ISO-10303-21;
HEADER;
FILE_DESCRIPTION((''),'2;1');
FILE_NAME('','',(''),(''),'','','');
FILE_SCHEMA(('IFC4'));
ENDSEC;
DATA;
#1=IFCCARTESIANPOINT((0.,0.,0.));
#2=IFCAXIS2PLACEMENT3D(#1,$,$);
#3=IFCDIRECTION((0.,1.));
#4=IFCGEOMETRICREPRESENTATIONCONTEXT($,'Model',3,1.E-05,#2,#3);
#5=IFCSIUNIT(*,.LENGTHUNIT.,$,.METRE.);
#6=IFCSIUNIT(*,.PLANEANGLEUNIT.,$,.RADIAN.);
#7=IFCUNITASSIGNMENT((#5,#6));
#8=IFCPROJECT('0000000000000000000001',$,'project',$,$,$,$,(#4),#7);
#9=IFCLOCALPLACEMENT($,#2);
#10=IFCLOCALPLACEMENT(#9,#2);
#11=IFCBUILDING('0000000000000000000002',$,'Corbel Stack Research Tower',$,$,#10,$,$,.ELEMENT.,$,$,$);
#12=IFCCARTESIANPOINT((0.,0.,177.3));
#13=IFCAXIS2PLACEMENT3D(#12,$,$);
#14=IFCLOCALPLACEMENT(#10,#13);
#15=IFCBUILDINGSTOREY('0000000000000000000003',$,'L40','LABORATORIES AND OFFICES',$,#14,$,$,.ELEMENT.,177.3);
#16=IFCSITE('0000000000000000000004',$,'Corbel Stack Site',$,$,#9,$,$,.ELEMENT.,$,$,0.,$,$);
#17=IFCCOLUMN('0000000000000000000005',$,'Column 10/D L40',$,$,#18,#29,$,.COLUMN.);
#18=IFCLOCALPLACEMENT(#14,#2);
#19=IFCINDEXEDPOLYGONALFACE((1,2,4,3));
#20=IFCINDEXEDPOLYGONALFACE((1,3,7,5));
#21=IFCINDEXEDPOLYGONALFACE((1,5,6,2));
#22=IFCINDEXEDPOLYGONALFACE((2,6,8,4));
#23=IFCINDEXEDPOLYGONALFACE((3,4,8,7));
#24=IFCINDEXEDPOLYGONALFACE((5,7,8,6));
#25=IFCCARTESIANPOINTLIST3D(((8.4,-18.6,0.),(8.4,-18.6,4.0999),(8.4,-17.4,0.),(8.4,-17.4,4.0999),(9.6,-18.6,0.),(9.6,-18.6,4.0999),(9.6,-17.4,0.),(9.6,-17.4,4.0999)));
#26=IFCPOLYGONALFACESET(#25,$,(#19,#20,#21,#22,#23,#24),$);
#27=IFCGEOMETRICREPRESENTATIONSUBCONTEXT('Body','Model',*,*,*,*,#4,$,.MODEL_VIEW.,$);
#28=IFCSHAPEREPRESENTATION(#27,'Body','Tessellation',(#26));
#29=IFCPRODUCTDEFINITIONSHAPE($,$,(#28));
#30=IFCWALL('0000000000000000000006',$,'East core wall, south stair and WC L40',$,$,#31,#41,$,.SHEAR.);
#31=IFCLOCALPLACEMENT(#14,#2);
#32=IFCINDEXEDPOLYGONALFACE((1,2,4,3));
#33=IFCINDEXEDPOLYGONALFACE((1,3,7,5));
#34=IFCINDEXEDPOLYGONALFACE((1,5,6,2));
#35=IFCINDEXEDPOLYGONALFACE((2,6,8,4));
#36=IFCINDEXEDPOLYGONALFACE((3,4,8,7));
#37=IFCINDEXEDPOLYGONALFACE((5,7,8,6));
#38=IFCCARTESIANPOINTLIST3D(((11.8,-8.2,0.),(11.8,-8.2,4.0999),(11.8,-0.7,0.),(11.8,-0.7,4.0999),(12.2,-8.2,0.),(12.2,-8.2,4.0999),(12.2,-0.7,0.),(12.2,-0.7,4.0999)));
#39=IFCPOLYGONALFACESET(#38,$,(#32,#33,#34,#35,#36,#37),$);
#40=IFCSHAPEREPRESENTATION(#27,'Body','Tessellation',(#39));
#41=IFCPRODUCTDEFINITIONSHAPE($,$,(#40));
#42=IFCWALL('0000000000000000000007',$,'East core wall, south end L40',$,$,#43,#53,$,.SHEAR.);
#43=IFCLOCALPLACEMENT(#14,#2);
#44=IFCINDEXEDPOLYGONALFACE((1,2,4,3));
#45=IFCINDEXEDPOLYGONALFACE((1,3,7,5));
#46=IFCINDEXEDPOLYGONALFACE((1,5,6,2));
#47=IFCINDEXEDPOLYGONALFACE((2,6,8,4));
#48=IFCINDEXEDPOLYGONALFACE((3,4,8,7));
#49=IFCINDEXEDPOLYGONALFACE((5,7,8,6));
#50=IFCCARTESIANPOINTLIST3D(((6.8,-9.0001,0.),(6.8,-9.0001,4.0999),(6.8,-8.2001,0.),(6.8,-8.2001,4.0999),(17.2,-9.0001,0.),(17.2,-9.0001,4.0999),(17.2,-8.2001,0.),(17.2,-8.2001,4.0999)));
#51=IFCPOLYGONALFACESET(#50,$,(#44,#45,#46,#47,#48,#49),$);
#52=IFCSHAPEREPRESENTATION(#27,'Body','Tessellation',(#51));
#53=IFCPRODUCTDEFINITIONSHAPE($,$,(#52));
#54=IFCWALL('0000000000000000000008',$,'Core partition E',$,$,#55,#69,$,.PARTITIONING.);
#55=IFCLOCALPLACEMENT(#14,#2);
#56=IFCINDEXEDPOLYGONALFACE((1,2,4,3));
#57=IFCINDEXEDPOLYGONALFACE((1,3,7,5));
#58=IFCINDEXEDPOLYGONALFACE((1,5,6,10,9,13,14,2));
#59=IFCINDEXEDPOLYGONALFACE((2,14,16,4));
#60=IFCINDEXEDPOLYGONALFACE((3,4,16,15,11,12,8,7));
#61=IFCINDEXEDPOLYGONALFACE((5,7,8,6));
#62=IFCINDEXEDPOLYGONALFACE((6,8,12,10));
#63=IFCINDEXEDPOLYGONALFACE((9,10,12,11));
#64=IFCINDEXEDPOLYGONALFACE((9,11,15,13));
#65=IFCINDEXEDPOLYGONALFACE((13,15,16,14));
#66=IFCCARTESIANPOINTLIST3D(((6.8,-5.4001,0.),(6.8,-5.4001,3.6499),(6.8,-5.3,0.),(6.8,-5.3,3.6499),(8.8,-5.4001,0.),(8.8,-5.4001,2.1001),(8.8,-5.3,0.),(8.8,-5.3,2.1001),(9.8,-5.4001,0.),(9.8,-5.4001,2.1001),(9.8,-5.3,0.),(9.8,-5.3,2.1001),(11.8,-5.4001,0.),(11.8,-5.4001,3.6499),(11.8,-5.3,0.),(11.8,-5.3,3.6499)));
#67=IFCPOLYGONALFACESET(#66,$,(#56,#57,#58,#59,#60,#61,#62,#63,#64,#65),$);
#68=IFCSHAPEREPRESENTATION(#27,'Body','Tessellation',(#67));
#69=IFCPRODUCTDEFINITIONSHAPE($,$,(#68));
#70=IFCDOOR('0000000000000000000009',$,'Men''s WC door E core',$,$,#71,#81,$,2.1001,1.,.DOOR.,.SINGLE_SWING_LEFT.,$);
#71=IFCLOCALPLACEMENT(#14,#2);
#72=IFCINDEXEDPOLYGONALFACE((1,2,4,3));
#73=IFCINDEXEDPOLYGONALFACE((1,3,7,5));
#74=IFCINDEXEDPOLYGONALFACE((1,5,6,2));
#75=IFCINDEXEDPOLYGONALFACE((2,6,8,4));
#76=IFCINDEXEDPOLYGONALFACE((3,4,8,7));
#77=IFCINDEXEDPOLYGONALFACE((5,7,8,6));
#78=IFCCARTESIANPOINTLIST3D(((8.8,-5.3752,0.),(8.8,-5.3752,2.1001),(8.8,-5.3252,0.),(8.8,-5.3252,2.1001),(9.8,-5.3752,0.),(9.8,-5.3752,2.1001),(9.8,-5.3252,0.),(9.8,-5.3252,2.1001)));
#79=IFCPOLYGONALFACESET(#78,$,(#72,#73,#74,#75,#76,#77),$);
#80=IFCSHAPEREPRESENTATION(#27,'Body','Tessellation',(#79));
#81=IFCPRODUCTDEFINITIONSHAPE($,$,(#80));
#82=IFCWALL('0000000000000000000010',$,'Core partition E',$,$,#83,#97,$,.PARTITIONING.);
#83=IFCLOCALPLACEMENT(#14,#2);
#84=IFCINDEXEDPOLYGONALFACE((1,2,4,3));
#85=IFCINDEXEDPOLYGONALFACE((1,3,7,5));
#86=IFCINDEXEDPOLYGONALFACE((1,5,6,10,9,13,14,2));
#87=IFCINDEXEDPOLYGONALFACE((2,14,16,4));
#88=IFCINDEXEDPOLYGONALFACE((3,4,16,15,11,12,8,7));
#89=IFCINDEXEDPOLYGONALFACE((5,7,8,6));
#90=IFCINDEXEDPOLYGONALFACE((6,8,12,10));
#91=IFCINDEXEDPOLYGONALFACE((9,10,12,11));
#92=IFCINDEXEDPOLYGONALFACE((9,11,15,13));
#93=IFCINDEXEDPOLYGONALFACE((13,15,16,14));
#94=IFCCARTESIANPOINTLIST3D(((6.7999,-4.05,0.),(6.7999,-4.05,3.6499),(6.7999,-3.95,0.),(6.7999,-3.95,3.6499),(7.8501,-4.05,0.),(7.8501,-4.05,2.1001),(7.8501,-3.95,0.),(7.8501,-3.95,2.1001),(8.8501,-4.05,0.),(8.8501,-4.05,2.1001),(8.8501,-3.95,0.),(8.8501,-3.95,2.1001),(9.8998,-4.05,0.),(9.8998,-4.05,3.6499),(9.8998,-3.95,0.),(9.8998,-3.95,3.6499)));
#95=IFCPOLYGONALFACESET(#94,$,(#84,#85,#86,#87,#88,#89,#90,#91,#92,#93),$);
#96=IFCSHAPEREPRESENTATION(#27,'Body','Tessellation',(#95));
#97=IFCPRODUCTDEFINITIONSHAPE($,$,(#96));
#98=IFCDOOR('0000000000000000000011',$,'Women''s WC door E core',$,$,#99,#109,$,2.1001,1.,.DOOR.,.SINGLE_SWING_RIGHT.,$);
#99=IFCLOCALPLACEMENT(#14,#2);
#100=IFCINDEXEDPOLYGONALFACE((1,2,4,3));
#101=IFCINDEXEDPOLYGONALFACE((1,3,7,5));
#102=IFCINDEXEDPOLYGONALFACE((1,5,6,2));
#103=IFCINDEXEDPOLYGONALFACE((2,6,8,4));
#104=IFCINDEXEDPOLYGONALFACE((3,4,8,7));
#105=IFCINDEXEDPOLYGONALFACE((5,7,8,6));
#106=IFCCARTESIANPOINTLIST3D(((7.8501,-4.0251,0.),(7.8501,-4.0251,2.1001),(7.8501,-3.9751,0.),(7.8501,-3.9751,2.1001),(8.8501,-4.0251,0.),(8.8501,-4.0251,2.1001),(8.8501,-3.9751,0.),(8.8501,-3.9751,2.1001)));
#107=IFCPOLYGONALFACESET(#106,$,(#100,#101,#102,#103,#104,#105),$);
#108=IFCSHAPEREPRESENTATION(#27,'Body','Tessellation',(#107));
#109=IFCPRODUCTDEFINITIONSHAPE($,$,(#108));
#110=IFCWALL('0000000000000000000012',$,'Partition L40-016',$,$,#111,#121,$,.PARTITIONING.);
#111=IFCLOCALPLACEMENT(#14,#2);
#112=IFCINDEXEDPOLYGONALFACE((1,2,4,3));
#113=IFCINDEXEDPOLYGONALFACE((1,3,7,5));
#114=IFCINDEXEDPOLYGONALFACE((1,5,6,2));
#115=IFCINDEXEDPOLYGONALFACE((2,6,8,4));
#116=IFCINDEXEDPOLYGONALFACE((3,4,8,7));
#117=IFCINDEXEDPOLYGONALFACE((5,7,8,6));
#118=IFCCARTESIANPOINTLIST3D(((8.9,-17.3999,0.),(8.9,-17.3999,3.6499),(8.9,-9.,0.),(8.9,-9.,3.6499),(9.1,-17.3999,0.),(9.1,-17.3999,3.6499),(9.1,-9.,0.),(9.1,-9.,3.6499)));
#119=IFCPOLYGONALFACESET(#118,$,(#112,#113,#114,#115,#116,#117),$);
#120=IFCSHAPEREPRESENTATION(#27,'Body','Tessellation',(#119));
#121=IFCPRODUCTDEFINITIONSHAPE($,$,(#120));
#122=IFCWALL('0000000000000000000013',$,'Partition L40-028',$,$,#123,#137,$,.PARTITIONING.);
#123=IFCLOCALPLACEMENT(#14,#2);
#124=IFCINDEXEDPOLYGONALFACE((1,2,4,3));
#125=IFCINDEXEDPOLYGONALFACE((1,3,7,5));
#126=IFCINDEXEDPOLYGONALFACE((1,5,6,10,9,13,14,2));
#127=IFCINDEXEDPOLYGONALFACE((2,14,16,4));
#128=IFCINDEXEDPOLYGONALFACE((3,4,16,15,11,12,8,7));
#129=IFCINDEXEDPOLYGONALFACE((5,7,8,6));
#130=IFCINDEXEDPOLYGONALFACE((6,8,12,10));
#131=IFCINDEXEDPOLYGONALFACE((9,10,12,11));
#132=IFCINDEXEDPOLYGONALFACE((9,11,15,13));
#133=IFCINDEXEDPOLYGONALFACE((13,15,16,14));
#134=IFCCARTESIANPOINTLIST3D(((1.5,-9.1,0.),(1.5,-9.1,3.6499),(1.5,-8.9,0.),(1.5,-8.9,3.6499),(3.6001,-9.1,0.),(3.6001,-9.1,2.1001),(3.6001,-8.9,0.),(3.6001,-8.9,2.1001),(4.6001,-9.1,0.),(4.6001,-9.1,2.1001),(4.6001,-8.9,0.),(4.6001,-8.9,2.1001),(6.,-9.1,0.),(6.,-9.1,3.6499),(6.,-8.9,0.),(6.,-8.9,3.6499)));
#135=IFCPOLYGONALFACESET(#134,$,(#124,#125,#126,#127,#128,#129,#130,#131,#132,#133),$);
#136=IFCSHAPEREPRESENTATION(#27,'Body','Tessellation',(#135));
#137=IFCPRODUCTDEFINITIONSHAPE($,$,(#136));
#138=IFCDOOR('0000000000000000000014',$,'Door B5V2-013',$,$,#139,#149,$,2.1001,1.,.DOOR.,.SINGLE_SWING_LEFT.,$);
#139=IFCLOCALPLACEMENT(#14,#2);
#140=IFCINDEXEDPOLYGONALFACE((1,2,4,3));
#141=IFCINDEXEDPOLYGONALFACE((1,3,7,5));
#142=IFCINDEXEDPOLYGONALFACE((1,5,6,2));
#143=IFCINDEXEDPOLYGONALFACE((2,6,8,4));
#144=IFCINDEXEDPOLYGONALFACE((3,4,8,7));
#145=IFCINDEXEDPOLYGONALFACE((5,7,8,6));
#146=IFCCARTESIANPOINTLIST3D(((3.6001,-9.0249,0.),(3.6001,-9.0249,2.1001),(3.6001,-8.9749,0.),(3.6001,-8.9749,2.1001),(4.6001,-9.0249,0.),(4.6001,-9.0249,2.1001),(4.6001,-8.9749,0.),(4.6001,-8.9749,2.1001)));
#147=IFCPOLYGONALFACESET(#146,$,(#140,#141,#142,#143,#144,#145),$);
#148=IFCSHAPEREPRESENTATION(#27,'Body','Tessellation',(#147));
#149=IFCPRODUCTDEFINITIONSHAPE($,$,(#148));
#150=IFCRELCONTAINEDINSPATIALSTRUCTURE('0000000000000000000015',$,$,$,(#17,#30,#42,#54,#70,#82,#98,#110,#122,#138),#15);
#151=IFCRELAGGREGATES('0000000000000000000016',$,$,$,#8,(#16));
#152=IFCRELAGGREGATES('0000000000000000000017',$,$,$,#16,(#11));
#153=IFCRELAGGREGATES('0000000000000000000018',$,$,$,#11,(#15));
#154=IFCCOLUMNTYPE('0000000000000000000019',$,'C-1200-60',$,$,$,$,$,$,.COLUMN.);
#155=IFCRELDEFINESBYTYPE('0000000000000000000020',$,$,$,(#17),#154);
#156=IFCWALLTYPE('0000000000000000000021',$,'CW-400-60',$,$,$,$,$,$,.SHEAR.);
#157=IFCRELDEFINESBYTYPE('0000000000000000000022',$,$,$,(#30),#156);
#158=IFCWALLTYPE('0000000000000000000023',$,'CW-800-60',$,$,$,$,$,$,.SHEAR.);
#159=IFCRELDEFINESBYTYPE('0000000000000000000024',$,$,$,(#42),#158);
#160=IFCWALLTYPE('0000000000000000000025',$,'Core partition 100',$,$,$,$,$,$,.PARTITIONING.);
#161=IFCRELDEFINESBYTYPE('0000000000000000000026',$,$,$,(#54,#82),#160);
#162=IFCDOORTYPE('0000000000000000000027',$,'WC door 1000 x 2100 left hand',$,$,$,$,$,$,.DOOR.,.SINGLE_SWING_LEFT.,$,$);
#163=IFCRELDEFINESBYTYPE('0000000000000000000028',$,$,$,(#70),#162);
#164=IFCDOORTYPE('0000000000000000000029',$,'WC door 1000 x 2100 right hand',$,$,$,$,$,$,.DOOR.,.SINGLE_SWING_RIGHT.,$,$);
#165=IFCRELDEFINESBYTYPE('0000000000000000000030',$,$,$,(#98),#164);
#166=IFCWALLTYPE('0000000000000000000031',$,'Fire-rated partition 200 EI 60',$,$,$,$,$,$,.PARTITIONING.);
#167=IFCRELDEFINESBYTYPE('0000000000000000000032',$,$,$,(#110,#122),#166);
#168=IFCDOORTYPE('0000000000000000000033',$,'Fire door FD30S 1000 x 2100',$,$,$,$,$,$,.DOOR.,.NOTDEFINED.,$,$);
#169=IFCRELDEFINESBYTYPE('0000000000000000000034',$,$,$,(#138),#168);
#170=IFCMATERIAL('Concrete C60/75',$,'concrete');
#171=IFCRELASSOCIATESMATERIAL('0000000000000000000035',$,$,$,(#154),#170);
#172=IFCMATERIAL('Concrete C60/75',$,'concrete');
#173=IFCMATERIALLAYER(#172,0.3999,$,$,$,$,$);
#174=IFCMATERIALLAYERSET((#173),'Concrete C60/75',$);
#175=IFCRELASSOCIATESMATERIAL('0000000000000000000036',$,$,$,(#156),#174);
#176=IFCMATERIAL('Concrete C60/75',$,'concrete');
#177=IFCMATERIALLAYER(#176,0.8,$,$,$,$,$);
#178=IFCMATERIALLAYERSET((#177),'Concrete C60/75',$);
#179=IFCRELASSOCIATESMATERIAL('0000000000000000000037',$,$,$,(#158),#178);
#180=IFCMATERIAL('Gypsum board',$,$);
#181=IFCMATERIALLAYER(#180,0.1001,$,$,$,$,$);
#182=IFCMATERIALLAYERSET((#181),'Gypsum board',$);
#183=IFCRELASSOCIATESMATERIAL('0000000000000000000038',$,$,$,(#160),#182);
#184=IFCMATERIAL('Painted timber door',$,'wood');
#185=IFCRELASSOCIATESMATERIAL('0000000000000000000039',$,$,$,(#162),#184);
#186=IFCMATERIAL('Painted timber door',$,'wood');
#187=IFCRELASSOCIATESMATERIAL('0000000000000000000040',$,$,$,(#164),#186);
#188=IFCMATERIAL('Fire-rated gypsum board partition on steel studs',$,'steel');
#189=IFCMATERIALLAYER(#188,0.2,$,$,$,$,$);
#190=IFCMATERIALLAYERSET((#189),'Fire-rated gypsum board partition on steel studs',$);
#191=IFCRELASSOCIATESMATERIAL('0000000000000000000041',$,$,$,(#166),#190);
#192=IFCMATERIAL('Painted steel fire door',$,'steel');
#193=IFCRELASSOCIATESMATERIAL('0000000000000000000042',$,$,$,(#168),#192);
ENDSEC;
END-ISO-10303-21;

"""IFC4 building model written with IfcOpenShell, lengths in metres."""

from ifc_helpers import new_model, si_unit, direction, frame, frame_2d, origin, origin_2d, place, context, subcontext, project, spatial, rectangle, extrude, material, layer, layer_set, material_profile, profile_set, type_object, element, fill, save


model = new_model("IFC4")

# Units and contexts
model_context = context("Model", 3, precision=1e-05, world=origin(), true_north=direction((0.0, 1.0)))
body_context = subcontext(model_context, "Body", "Model", "MODEL_VIEW")
ifc_project = project(units=[si_unit("LENGTHUNIT", "METRE"), si_unit("PLANEANGLEUNIT", "RADIAN")], contexts=[model_context])

# Site, building, storey
site_placement = place(None, origin())
site = spatial("IfcSite", under=ifc_project, at=site_placement, Name="Corbel Stack Site", CompositionType="ELEMENT", RefElevation=0.0)
building_placement = place(site_placement, origin())
building = spatial("IfcBuilding", under=site, at=building_placement, Name="Corbel Stack Research Tower", CompositionType="ELEMENT")
storey_placement = place(building_placement, frame((0.0, 0.0, 177.3)))
storey = spatial("IfcBuildingStorey", under=building, at=storey_placement, Name="L40", Description="LABORATORIES AND OFFICES", CompositionType="ELEMENT", Elevation=177.3)

# Column
ifc_material_1 = material(Name="Concrete C60/75", Category="concrete")
ifc_material_profile = material_profile(ifc_material_1, rectangle(XDim=1.2, YDim=1.2, at=origin_2d()), Name="RC 1200 x 1200")
ifc_profile_set = profile_set([ifc_material_profile], Name="Concrete C60/75")
column_type = type_object("IfcColumnType", Name="C-1200-60", PredefinedType="COLUMN", material=ifc_profile_set)
column_placement = place(storey_placement, frame((9.0, -18.0, 0.0), z_axis=(0.0, 0.0, 1.0), x_axis=(1.0, 0.0, 0.0)))
element("IfcColumn", 1, at=column_placement, inside=storey, type_object=column_type, Name="Column 10/D L40", PredefinedType="COLUMN", context=body_context, shape_type="SweptSolid", body=[
    extrude(rectangle(XDim=1.2, YDim=1.2, at=origin_2d()), origin(), (0.0, 0.0, 1.0), 4.0999),
])

# Wall
ifc_material_2 = material(Name="Concrete C60/75", Category="concrete")
ifc_layer_1 = layer(ifc_material_2, 0.3999)
ifc_layer_set_1 = layer_set([ifc_layer_1], Name="Concrete C60/75")
wall_type_1 = type_object("IfcWallType", Name="CW-400-60", PredefinedType="SHEAR", material=ifc_layer_set_1)
wall_1_placement = place(storey_placement, frame((12.0, -8.2, 0.0), z_axis=(0.0, 0.0, 1.0), x_axis=(0.0, 1.0, 0.0)))
element("IfcWall", 2, at=wall_1_placement, inside=storey, type_object=wall_type_1, Name="East core wall, south stair and WC L40", PredefinedType="SHEAR", context=body_context, shape_type="SweptSolid", body=[
    extrude(rectangle(XDim=7.5, YDim=0.3999, at=frame_2d((3.75, 0.0))), origin(), (0.0, 0.0, 1.0), 4.0999),
])

# Shared definitions
ifc_material_3 = material(Name="Concrete C60/75", Category="concrete")
ifc_layer_2 = layer(ifc_material_3, 0.8)
ifc_layer_set_2 = layer_set([ifc_layer_2], Name="Concrete C60/75")
wall_type_2 = type_object("IfcWallType", Name="CW-800-60", PredefinedType="SHEAR", material=ifc_layer_set_2)

# Wall
wall_2_placement = place(storey_placement, frame((6.8, -8.6001, 0.0), z_axis=(0.0, 0.0, 1.0), x_axis=(1.0, 0.0, 0.0)))
element("IfcWall", 3, at=wall_2_placement, inside=storey, type_object=wall_type_2, Name="East core wall, south end L40", PredefinedType="SHEAR", context=body_context, shape_type="SweptSolid", body=[
    extrude(rectangle(XDim=10.3999, YDim=0.8, at=frame_2d((5.2, 0.0))), origin(), (0.0, 0.0, 1.0), 4.0999),
])

# Walls, openings, doors
ifc_material_4 = material(Name="Gypsum board")
ifc_layer_3 = layer(ifc_material_4, 0.1001)
ifc_layer_set_3 = layer_set([ifc_layer_3], Name="Gypsum board")
wall_type_3 = type_object("IfcWallType", Name="Core partition 100", PredefinedType="PARTITIONING", material=ifc_layer_set_3)
wall_3_placement = place(storey_placement, frame((6.8, -5.3501, 0.0), z_axis=(0.0, 0.0, 1.0), x_axis=(1.0, 0.0, 0.0)))
wall_3 = element("IfcWall", 4, at=wall_3_placement, inside=storey, type_object=wall_type_3, Name="Core partition E", PredefinedType="PARTITIONING", context=body_context, shape_type="SweptSolid", body=[
    extrude(rectangle(XDim=5.0, YDim=0.1001, at=frame_2d((2.5, 0.0))), origin(), (0.0, 0.0, 1.0), 3.6499),
])
opening_1_placement = place(wall_3_placement, frame((2.0, 0.0, 0.0)))
opening_1 = element("IfcOpeningElement", 5, at=opening_1_placement, cuts=wall_3, PredefinedType="OPENING", context=body_context, shape_type="SweptSolid", body=[
    extrude(rectangle(XDim=1.0, YDim=2.1001, at=frame_2d((0.5, 1.05))), frame((0.0, 0.0601, 0.0), z_axis=(0.0, -1.0, 0.0), x_axis=(1.0, 0.0, 0.0)), (0.0, 0.0, 1.0), 0.1201),
])
ifc_material_5 = material(Name="Painted timber door", Category="wood")
door_type_1 = type_object("IfcDoorType", Name="WC door 1000 x 2100 left hand", OperationType="SINGLE_SWING_LEFT", PredefinedType="DOOR", material=ifc_material_5)
door_1_placement = place(opening_1_placement, origin())
door_1 = element("IfcDoor", 6, at=door_1_placement, inside=storey, type_object=door_type_1, Name="Men's WC door E core", OperationType="SINGLE_SWING_LEFT", OverallHeight=2.1001, OverallWidth=1.0, PredefinedType="DOOR", context=body_context, shape_type="SweptSolid", body=[
    extrude(rectangle(XDim=1.0, YDim=2.1001, at=frame_2d((0.5, 1.05))), frame((0.0, 0.0249, 0.0), z_axis=(0.0, -1.0, 0.0), x_axis=(1.0, 0.0, 0.0)), (0.0, 0.0, 1.0), 0.05),
])
fill(opening_1, door_1)
wall_4_placement = place(storey_placement, frame((6.8, -4.0, 0.0), z_axis=(0.0, 0.0, 1.0), x_axis=(1.0, 0.0, 0.0)))
wall_4 = element("IfcWall", 7, at=wall_4_placement, inside=storey, type_object=wall_type_3, Name="Core partition E", PredefinedType="PARTITIONING", context=body_context, shape_type="SweptSolid", body=[
    extrude(rectangle(XDim=3.0999, YDim=0.1001, at=frame_2d((1.5498, 0.0))), origin(), (0.0, 0.0, 1.0), 3.6499),
])
opening_2_placement = place(wall_4_placement, frame((1.05, 0.0, 0.0)))
opening_2 = element("IfcOpeningElement", 8, at=opening_2_placement, cuts=wall_4, PredefinedType="OPENING", context=body_context, shape_type="SweptSolid", body=[
    extrude(rectangle(XDim=1.0, YDim=2.1001, at=frame_2d((0.5, 1.05))), frame((0.0, 0.0601, 0.0), z_axis=(0.0, -1.0, 0.0), x_axis=(1.0, 0.0, 0.0)), (0.0, 0.0, 1.0), 0.1201),
])
ifc_material_6 = material(Name="Painted timber door", Category="wood")
door_type_2 = type_object("IfcDoorType", Name="WC door 1000 x 2100 right hand", OperationType="SINGLE_SWING_RIGHT", PredefinedType="DOOR", material=ifc_material_6)
door_2_placement = place(opening_2_placement, origin())
door_2 = element("IfcDoor", 9, at=door_2_placement, inside=storey, type_object=door_type_2, Name="Women's WC door E core", OperationType="SINGLE_SWING_RIGHT", OverallHeight=2.1001, OverallWidth=1.0, PredefinedType="DOOR", context=body_context, shape_type="SweptSolid", body=[
    extrude(rectangle(XDim=1.0, YDim=2.1001, at=frame_2d((0.5, 1.05))), frame((0.0, 0.0249, 0.0), z_axis=(0.0, -1.0, 0.0), x_axis=(1.0, 0.0, 0.0)), (0.0, 0.0, 1.0), 0.05),
])
fill(opening_2, door_2)

# Wall
ifc_material_7 = material(Name="Fire-rated gypsum board partition on steel studs", Category="steel")
ifc_layer_4 = layer(ifc_material_7, 0.2)
ifc_layer_set_4 = layer_set([ifc_layer_4], Name="Fire-rated gypsum board partition on steel studs")
wall_type_4 = type_object("IfcWallType", Name="Fire-rated partition 200 EI 60", PredefinedType="PARTITIONING", material=ifc_layer_set_4)
wall_5_placement = place(storey_placement, frame((9.0, -17.3999, 0.0), z_axis=(0.0, 0.0, 1.0), x_axis=(0.0, 1.0, 0.0)))
element("IfcWall", 10, at=wall_5_placement, inside=storey, type_object=wall_type_4, Name="Partition L40-016", PredefinedType="PARTITIONING", context=body_context, shape_type="SweptSolid", body=[
    extrude(rectangle(XDim=8.3999, YDim=0.2, at=frame_2d((4.2, 0.0))), origin(), (0.0, 0.0, 1.0), 3.6499),
])

# Wall, opening, door
wall_6_placement = place(storey_placement, frame((6.0, -9.0, 0.0), z_axis=(0.0, 0.0, 1.0), x_axis=(-1.0, 0.0, 0.0)))
wall_6 = element("IfcWall", 11, at=wall_6_placement, inside=storey, type_object=wall_type_4, Name="Partition L40-028", PredefinedType="PARTITIONING", context=body_context, shape_type="SweptSolid", body=[
    extrude(rectangle(XDim=4.5, YDim=0.2, at=frame_2d((2.25, 0.0))), origin(), (0.0, 0.0, 1.0), 3.6499),
])
opening_3_placement = place(wall_6_placement, frame((1.3999, 0.0, 0.0)))
opening_3 = element("IfcOpeningElement", 12, at=opening_3_placement, cuts=wall_6, PredefinedType="OPENING", context=body_context, shape_type="SweptSolid", body=[
    extrude(rectangle(XDim=1.0, YDim=2.1001, at=frame_2d((0.5, 1.05))), frame((0.0, 0.1099, 0.0), z_axis=(0.0, -1.0, 0.0), x_axis=(1.0, 0.0, 0.0)), (0.0, 0.0, 1.0), 0.22),
])
ifc_material_8 = material(Name="Painted steel fire door", Category="steel")
door_type_3 = type_object("IfcDoorType", Name="Fire door FD30S 1000 x 2100", OperationType="NOTDEFINED", PredefinedType="DOOR", material=ifc_material_8)
door_3_placement = place(opening_3_placement, origin())
door_3 = element("IfcDoor", 13, at=door_3_placement, inside=storey, type_object=door_type_3, Name="Door B5V2-013", OperationType="SINGLE_SWING_LEFT", OverallHeight=2.1001, OverallWidth=1.0, PredefinedType="DOOR", context=body_context, shape_type="SweptSolid", body=[
    extrude(rectangle(XDim=1.0, YDim=2.1001, at=frame_2d((0.5, 1.05))), frame((0.0, 0.0249, 0.0), z_axis=(0.0, -1.0, 0.0), x_axis=(1.0, 0.0, 0.0)), (0.0, 0.0, 1.0), 0.05),
])
fill(opening_3, door_3)

save(model, "model.ifc")
